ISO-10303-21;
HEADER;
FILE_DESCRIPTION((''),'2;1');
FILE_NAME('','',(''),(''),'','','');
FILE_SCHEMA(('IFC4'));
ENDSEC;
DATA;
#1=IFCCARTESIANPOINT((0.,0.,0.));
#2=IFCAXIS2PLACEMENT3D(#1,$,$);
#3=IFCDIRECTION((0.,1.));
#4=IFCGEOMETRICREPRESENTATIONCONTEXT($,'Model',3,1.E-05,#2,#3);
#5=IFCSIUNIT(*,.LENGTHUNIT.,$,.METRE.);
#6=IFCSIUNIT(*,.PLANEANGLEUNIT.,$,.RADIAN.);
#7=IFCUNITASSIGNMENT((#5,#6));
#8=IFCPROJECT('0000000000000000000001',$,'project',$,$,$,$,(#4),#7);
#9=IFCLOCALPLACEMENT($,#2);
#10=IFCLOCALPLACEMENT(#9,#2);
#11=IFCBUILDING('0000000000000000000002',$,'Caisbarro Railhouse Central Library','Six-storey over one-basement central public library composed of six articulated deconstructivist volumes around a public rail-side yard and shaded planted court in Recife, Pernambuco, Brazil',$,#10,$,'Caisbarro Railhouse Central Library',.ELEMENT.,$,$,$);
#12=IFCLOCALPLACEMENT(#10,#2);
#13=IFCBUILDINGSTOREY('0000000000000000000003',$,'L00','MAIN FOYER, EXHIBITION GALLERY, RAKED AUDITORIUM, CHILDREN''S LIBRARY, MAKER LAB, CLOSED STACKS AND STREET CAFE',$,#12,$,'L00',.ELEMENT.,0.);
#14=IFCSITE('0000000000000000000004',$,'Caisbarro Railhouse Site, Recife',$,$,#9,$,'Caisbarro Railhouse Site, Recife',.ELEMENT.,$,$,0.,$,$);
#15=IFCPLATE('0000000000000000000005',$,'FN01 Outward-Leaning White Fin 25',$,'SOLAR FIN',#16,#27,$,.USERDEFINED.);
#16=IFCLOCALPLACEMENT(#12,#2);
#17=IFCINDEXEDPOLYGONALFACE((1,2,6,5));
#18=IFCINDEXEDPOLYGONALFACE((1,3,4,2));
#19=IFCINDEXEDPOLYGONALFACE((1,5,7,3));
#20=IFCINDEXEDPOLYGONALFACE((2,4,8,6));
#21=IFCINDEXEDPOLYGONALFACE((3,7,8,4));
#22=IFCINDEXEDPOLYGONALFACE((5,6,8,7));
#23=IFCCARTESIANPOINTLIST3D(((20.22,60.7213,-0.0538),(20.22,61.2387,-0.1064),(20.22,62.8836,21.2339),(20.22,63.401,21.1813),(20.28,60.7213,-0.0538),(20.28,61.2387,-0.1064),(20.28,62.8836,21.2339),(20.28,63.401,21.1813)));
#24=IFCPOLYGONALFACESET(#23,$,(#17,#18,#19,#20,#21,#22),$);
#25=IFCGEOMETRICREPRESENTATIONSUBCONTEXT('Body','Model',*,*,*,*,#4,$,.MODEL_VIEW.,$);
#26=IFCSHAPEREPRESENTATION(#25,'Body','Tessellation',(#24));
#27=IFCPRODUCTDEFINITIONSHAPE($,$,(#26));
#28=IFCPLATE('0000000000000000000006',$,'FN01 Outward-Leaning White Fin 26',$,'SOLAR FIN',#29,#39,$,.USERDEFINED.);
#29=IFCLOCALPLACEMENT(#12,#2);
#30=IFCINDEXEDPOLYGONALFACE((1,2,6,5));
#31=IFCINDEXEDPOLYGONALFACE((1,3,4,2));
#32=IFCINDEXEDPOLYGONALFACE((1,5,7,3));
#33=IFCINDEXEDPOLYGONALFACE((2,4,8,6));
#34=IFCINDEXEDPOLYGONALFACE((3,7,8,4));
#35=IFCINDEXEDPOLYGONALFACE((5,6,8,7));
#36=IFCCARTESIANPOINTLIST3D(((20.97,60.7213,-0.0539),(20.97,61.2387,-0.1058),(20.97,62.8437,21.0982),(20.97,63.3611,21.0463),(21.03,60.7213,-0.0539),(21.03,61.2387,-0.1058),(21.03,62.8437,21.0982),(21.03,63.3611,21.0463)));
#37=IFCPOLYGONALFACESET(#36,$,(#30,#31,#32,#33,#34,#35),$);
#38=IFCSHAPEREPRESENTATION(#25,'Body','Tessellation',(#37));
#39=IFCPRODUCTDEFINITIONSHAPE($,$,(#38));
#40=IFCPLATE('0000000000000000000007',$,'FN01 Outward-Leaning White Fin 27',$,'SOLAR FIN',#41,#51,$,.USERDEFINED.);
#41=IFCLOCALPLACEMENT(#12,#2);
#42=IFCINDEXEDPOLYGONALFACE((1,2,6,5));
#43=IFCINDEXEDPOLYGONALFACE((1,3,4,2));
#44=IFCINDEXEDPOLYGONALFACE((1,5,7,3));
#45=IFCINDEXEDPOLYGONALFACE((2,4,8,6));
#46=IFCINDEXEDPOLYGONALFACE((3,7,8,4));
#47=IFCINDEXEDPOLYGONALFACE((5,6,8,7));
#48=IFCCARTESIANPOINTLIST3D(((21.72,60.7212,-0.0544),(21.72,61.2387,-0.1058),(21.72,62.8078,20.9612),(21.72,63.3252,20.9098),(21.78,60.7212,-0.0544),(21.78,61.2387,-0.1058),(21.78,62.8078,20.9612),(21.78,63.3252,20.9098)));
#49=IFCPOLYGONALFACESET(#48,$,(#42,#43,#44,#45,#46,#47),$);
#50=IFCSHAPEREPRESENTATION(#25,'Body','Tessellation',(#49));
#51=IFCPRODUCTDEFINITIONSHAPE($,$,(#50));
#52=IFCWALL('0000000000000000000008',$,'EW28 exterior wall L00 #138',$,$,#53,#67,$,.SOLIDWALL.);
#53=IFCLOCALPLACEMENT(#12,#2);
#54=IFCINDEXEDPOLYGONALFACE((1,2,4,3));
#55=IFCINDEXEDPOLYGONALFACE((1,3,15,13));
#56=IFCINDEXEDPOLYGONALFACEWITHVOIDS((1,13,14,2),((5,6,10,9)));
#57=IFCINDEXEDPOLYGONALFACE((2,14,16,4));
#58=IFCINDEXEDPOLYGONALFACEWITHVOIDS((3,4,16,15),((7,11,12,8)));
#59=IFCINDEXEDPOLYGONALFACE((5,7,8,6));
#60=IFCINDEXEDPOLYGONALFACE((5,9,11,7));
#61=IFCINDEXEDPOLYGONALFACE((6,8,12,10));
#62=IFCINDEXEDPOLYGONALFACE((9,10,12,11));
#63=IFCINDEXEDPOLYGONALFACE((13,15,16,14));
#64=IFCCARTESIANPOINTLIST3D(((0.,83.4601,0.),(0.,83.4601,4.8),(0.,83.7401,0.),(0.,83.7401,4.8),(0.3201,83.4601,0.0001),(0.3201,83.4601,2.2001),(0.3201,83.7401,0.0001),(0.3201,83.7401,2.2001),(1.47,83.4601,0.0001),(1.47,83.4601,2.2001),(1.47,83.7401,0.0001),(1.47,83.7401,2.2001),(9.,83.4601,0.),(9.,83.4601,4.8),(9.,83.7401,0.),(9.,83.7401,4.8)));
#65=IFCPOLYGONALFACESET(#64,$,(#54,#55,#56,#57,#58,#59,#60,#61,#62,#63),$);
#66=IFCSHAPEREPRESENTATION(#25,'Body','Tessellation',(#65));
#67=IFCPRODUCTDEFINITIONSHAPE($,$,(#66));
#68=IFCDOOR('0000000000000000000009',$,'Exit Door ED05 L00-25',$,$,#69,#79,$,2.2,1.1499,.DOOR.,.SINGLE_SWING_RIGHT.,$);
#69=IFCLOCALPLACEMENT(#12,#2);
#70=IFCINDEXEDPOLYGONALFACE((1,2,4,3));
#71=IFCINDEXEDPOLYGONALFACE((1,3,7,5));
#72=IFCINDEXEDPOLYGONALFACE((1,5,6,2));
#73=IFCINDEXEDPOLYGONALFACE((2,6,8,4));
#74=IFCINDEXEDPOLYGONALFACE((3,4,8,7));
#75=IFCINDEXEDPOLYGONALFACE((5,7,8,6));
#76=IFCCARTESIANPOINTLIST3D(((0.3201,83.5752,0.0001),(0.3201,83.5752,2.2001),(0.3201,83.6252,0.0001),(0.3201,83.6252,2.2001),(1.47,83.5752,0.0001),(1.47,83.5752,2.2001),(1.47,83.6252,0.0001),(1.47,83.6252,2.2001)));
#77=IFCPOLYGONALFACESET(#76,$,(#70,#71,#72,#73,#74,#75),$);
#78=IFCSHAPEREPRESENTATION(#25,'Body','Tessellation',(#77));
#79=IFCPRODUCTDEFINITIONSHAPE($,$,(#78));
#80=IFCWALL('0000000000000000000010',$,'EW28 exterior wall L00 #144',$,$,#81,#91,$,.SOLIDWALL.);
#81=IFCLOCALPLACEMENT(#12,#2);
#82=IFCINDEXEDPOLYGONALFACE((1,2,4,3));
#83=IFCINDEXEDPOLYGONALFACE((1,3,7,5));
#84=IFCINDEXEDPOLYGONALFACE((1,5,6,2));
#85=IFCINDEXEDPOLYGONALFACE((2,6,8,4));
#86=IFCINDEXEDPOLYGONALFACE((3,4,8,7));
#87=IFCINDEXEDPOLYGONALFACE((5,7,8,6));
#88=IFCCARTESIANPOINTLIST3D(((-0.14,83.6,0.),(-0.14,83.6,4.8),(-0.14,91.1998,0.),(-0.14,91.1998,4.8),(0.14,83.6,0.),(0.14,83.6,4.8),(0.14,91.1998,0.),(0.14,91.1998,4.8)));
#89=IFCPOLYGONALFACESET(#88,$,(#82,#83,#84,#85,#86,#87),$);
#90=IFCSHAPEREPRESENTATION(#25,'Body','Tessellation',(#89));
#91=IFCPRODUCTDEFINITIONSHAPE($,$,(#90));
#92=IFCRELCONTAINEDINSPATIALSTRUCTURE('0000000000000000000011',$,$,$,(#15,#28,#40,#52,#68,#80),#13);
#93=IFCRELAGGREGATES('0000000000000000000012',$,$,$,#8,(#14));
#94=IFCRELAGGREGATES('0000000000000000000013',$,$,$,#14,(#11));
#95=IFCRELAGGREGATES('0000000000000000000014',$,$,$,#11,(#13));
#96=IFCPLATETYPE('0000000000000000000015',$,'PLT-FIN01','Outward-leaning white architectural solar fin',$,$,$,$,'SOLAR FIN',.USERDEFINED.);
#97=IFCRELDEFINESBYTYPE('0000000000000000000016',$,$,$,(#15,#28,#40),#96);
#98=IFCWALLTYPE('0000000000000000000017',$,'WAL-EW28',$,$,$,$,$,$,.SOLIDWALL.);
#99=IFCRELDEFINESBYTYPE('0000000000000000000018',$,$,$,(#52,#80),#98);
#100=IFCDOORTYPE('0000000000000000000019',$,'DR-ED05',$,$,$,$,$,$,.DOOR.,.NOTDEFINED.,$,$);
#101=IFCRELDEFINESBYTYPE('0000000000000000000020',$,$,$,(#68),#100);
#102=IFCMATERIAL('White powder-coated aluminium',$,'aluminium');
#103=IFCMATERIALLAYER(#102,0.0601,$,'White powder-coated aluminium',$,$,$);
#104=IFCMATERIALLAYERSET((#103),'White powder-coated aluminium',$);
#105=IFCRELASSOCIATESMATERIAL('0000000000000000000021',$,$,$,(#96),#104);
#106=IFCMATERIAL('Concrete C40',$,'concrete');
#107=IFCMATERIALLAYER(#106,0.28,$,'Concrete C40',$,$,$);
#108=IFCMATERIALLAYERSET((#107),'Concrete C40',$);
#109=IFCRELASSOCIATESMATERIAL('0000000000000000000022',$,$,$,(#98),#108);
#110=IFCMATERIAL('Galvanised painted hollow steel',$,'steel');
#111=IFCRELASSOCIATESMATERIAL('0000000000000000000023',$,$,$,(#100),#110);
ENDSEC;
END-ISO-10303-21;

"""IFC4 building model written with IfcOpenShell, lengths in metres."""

from ifc_helpers import new_model, si_unit, direction, frame, frame_2d, origin, origin_2d, place, context, subcontext, project, spatial, rectangle, extrude, material, layer, layer_set, type_object, element, fill, save


model = new_model("IFC4")

# Units and contexts
model_context = context("Model", 3, precision=1e-05, world=origin(), true_north=direction((0.0, 1.0)))
body_context = subcontext(model_context, "Body", "Model", "MODEL_VIEW")
ifc_project = project(units=[si_unit("LENGTHUNIT", "METRE"), si_unit("PLANEANGLEUNIT", "RADIAN")], contexts=[model_context])

# Site, building, storey
site_placement = place(None, origin())
site = spatial("IfcSite", under=ifc_project, at=site_placement, Name="Caisbarro Railhouse Site, Recife", LongName="Caisbarro Railhouse Site, Recife", CompositionType="ELEMENT", RefElevation=0.0)
building_placement = place(site_placement, origin())
building = spatial("IfcBuilding", under=site, at=building_placement, Name="Caisbarro Railhouse Central Library", Description="Six-storey over one-basement central public library composed of six articulated deconstructivist volumes around a public rail-side yard and shaded planted court in Recife, Pernambuco, Brazil", LongName="Caisbarro Railhouse Central Library", CompositionType="ELEMENT")
storey_placement = place(building_placement, origin())
storey = spatial("IfcBuildingStorey", under=building, at=storey_placement, Name="L00", Description="MAIN FOYER, EXHIBITION GALLERY, RAKED AUDITORIUM, CHILDREN'S LIBRARY, MAKER LAB, CLOSED STACKS AND STREET CAFE", LongName="L00", CompositionType="ELEMENT", Elevation=0.0)

# Plates
ifc_material_1 = material(Name="White powder-coated aluminium", Category="aluminium")
ifc_layer_1 = layer(ifc_material_1, 0.0601, Name="White powder-coated aluminium")
ifc_layer_set_1 = layer_set([ifc_layer_1], Name="White powder-coated aluminium")
plate_type = type_object("IfcPlateType", Name="PLT-FIN01", Description="Outward-leaning white architectural solar fin", ElementType="SOLAR FIN", PredefinedType="USERDEFINED", material=ifc_layer_set_1)
plate_1_placement = place(storey_placement, frame((20.25, 60.98, -0.0801), z_axis=(0.0, 0.101056, 0.994881), x_axis=(1.0, 0.0, 0.0)))
element("IfcPlate", 1, at=plate_1_placement, inside=storey, type_object=plate_type, Name="FN01 Outward-Leaning White Fin 25", ObjectType="SOLAR FIN", PredefinedType="USERDEFINED", context=body_context, shape_type="SweptSolid", body=[
    extrude(rectangle(XDim=0.0601, YDim=0.52, at=origin_2d()), origin(), (0.0, 0.0, 1.0), 21.3972),
])
plate_2_placement = place(storey_placement, frame((21.0, 60.98, -0.0798), z_axis=(0.0, 0.099841, 0.995003), x_axis=(1.0, 0.0, 0.0)))
element("IfcPlate", 2, at=plate_2_placement, inside=storey, type_object=plate_type, Name="FN01 Outward-Leaning White Fin 26", ObjectType="SOLAR FIN", PredefinedType="USERDEFINED", context=body_context, shape_type="SweptSolid", body=[
    extrude(rectangle(XDim=0.0601, YDim=0.52, at=origin_2d()), origin(), (0.0, 0.0, 1.0), 21.2583),
])
plate_3_placement = place(storey_placement, frame((21.75, 60.98, -0.0801), z_axis=(0.0, 0.098799, 0.995107), x_axis=(1.0, 0.0, 0.0)))
element("IfcPlate", 3, at=plate_3_placement, inside=storey, type_object=plate_type, Name="FN01 Outward-Leaning White Fin 27", ObjectType="SOLAR FIN", PredefinedType="USERDEFINED", context=body_context, shape_type="SweptSolid", body=[
    extrude(rectangle(XDim=0.0601, YDim=0.52, at=origin_2d()), origin(), (0.0, 0.0, 1.0), 21.1189),
])

# Wall, opening, door
ifc_material_2 = material(Name="Concrete C40", Category="concrete")
ifc_layer_2 = layer(ifc_material_2, 0.28, Name="Concrete C40")
ifc_layer_set_2 = layer_set([ifc_layer_2], Name="Concrete C40")
wall_type = type_object("IfcWallType", Name="WAL-EW28", PredefinedType="SOLIDWALL", material=ifc_layer_set_2)
wall_1_placement = place(storey_placement, frame((0.0, 83.6001, 0.0), z_axis=(0.0, 0.0, 1.0), x_axis=(1.0, 0.0, 0.0)))
wall_1 = element("IfcWall", 4, at=wall_1_placement, inside=storey, type_object=wall_type, Name="EW28 exterior wall L00 #138", PredefinedType="SOLIDWALL", context=body_context, shape_type="SweptSolid", body=[
    extrude(rectangle(XDim=9.0, YDim=0.28, at=frame_2d((4.5, 0.0))), origin(), (0.0, 0.0, 1.0), 4.8),
])
opening_placement = place(wall_1_placement, frame((0.3201, 0.0, 0.0)))
opening = element("IfcOpeningElement", 5, at=opening_placement, cuts=wall_1, PredefinedType="OPENING", context=body_context, shape_type="SweptSolid", body=[
    extrude(rectangle(XDim=1.1499, YDim=2.2, at=frame_2d((0.575, 1.1001))), frame((0.0, 0.1499, 0.0), z_axis=(0.0, -1.0, 0.0), x_axis=(1.0, 0.0, 0.0)), (0.0, 0.0, 1.0), 0.3),
])
ifc_material_3 = material(Name="Galvanised painted hollow steel", Category="steel")
door_type = type_object("IfcDoorType", Name="DR-ED05", OperationType="NOTDEFINED", PredefinedType="DOOR", material=ifc_material_3)
door_placement = place(opening_placement, frame((1.1499, 0.0, 0.0), z_axis=(0.0, 0.0, 1.0), x_axis=(-1.0, 0.0, 0.0)))
door = element("IfcDoor", 6, at=door_placement, inside=storey, type_object=door_type, Name="Exit Door ED05 L00-25", OperationType="SINGLE_SWING_RIGHT", OverallHeight=2.2, OverallWidth=1.1499, PredefinedType="DOOR", context=body_context, shape_type="SweptSolid", body=[
    extrude(rectangle(XDim=1.1499, YDim=2.2, at=frame_2d((0.575, 1.1001))), frame((0.0, 0.0249, 0.0), z_axis=(0.0, -1.0, 0.0), x_axis=(1.0, 0.0, 0.0)), (0.0, 0.0, 1.0), 0.05),
])
fill(opening, door)

# Wall
wall_2_placement = place(storey_placement, frame((0.0, 83.6001, 0.0), z_axis=(0.0, 0.0, 1.0), x_axis=(0.0, 1.0, 0.0)))
element("IfcWall", 7, at=wall_2_placement, inside=storey, type_object=wall_type, Name="EW28 exterior wall L00 #144", PredefinedType="SOLIDWALL", context=body_context, shape_type="SweptSolid", body=[
    extrude(rectangle(XDim=7.5999, YDim=0.28, at=frame_2d((3.7998, 0.0))), origin(), (0.0, 0.0, 1.0), 4.8),
])

save(model, "model.ifc")
